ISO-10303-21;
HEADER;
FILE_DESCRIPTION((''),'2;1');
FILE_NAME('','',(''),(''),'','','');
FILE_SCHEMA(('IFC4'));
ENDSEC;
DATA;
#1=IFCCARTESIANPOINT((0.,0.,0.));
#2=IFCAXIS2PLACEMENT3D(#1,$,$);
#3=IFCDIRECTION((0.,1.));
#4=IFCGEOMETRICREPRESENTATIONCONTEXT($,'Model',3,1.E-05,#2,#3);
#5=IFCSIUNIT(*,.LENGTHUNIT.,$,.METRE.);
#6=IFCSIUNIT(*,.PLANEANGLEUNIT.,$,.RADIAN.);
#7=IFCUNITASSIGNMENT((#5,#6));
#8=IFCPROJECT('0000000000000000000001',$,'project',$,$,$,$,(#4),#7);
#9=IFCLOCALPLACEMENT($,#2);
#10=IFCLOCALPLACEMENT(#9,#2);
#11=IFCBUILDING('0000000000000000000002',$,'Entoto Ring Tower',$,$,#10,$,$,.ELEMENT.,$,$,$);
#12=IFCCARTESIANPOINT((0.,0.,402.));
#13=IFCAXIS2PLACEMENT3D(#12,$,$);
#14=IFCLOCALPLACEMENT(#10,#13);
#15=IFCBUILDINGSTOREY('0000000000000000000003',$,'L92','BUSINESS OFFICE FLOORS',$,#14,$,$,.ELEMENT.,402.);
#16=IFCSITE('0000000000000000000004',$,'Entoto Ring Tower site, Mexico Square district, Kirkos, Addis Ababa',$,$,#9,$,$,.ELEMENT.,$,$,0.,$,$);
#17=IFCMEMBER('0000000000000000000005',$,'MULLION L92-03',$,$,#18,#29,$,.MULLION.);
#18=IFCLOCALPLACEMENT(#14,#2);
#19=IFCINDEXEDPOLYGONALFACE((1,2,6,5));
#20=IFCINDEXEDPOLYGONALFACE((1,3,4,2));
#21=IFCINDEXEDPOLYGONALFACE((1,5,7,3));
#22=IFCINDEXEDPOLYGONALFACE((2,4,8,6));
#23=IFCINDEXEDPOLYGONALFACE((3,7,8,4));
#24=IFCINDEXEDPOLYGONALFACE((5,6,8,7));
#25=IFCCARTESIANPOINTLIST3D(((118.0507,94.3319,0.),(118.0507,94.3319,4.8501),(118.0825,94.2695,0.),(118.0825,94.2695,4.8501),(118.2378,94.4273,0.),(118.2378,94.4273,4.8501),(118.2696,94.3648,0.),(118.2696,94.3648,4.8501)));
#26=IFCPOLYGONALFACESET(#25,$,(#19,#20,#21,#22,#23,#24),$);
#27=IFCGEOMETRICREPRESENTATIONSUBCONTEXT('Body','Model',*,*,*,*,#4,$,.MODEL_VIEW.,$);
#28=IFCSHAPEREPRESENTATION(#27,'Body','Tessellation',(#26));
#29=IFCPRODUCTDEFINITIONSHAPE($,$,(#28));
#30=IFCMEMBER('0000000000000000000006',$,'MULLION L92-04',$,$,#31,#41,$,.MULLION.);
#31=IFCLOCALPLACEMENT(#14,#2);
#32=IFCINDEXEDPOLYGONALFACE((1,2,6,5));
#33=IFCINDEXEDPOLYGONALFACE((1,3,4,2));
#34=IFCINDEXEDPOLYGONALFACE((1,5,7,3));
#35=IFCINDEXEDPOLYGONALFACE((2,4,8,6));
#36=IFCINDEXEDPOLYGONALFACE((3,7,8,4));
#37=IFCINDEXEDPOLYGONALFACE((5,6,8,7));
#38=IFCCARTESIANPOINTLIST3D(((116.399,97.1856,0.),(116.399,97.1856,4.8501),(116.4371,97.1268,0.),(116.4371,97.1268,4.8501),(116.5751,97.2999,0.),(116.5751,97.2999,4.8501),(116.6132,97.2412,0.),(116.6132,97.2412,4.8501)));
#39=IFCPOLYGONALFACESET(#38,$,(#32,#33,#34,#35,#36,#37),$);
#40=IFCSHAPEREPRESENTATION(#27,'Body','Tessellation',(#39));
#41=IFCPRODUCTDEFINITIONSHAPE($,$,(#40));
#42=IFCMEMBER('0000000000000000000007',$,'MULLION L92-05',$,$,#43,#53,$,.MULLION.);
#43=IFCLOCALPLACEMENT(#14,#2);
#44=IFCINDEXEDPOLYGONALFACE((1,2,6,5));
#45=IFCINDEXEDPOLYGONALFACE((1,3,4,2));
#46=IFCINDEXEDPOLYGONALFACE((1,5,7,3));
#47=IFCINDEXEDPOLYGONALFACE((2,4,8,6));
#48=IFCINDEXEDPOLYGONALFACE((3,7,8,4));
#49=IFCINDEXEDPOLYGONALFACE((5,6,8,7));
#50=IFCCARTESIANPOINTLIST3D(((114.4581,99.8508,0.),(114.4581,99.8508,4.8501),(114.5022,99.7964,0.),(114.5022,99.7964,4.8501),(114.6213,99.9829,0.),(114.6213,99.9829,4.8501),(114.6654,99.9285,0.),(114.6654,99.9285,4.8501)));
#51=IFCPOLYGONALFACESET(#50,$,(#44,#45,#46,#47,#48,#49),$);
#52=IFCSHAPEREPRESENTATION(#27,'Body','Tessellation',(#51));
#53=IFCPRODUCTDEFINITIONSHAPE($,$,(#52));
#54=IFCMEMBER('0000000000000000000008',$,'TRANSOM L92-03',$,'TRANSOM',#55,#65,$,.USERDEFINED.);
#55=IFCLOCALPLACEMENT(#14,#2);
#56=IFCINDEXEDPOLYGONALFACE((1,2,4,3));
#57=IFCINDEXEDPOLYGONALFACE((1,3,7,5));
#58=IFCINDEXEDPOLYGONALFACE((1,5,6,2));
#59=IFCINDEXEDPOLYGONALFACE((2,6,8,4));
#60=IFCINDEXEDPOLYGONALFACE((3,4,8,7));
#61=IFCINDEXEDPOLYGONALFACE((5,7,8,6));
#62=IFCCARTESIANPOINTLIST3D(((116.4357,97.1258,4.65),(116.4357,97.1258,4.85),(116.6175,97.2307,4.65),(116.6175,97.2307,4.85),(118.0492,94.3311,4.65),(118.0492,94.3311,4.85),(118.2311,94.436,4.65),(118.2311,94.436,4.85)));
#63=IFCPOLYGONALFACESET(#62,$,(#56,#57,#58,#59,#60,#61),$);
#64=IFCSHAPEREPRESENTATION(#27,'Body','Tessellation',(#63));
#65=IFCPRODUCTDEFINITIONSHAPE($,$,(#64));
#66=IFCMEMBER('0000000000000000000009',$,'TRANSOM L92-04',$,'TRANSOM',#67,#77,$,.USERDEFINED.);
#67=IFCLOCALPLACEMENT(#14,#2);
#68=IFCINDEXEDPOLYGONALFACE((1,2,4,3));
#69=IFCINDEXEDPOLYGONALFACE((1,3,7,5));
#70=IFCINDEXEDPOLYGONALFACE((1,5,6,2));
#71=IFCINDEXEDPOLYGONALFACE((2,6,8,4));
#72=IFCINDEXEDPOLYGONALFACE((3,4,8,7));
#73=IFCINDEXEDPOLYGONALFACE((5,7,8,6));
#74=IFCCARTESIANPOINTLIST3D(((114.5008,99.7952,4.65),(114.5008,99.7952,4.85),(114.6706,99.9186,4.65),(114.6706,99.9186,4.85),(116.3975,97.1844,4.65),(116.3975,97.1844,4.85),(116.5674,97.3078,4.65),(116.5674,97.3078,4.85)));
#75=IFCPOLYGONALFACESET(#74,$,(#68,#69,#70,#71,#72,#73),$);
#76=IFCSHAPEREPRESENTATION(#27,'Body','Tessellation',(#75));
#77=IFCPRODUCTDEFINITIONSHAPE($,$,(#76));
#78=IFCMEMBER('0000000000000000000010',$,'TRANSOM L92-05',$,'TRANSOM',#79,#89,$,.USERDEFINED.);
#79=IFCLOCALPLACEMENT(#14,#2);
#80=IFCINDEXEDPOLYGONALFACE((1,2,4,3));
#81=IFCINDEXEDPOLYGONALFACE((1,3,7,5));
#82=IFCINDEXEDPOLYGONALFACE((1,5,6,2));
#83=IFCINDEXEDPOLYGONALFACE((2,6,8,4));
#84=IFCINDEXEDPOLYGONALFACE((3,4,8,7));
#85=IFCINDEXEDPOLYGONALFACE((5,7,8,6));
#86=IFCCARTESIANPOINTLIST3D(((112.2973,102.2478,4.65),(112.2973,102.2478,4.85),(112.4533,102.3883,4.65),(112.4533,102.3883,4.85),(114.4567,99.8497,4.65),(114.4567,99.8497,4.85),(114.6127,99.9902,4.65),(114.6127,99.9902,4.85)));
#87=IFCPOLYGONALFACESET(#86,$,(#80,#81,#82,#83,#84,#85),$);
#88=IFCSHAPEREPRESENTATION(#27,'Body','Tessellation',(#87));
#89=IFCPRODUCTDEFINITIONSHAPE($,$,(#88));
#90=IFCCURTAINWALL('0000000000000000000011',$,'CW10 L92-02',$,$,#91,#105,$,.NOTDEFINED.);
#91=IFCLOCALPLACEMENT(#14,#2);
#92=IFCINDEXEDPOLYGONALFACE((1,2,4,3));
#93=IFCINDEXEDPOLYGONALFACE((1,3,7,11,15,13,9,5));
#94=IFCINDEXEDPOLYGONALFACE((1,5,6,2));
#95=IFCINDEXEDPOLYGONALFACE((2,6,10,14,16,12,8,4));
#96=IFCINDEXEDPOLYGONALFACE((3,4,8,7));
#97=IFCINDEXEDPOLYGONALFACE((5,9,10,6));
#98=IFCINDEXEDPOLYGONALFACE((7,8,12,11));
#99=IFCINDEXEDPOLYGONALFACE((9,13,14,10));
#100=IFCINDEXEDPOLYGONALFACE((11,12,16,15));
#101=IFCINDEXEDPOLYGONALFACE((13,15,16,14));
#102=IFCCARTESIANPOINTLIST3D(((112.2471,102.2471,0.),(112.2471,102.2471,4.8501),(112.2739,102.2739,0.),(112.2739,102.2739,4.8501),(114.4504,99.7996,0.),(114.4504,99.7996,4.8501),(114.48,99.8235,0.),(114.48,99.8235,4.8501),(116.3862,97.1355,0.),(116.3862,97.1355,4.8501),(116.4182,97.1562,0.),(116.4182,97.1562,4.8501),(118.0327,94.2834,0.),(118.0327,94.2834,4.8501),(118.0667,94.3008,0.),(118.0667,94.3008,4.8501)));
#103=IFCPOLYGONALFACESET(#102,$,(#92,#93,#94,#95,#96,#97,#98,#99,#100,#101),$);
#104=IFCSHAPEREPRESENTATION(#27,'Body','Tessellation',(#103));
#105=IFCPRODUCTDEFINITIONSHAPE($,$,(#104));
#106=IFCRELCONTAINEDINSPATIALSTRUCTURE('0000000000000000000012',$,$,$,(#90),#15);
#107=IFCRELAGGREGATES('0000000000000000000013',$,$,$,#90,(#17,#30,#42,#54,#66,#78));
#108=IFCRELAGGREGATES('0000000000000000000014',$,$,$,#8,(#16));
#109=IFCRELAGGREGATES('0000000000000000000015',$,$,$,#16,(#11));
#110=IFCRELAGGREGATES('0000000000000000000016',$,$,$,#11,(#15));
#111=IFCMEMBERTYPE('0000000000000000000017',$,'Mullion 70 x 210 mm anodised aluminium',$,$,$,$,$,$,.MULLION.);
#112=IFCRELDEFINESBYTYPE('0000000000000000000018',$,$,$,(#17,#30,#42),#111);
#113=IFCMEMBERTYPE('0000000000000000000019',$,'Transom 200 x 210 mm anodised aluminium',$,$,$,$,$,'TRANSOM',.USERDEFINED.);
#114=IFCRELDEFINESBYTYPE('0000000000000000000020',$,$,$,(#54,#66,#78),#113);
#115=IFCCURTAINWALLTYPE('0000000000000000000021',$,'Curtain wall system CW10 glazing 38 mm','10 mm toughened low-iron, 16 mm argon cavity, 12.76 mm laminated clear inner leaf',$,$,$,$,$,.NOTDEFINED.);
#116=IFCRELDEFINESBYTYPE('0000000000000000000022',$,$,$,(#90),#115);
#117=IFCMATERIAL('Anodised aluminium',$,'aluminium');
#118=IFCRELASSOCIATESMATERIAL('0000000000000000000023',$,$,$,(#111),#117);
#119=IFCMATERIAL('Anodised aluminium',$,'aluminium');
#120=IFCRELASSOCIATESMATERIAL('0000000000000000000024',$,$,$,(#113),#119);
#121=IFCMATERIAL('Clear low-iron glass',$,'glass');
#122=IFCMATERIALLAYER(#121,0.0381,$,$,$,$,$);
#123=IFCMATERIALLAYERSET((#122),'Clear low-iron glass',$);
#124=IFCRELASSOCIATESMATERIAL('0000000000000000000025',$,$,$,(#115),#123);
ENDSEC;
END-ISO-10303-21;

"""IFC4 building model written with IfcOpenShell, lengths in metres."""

from ifc_helpers import new_model, si_unit, direction, frame, origin, origin_2d, place, context, subcontext, project, spatial, polyline, rectangle, outline, extrude, material, layer, layer_set, material_profile, profile_set, type_object, element, aggregate, save


model = new_model("IFC4")

# Units and contexts
model_context = context("Model", 3, precision=1e-05, world=origin(), true_north=direction((0.0, 1.0)))
body_context = subcontext(model_context, "Body", "Model", "MODEL_VIEW")
ifc_project = project(units=[si_unit("LENGTHUNIT", "METRE"), si_unit("PLANEANGLEUNIT", "RADIAN")], contexts=[model_context])

# Members
ifc_material_1 = material(Name="Anodised aluminium", Category="aluminium")
ifc_material_profile_1 = material_profile(ifc_material_1, rectangle(XDim=0.0701, YDim=0.21, at=origin_2d()), Name="Mullion 70 x 210 mm anodised aluminium")
ifc_profile_set_1 = profile_set([ifc_material_profile_1], Name="Anodised aluminium")
member_type_1 = type_object("IfcMemberType", Name="Mullion 70 x 210 mm anodised aluminium", PredefinedType="MULLION", material=ifc_profile_set_1)
site_placement = place(None, origin())
building_placement = place(site_placement, origin())
storey_placement = place(building_placement, frame((0.0, 0.0, 402.0)))
member_1_placement = place(storey_placement, frame((118.1602, 94.3484, 0.0), z_axis=(0.0, 0.0, 1.0), x_axis=(-0.45399, 0.891007, 0.0)))
member_1 = element("IfcMember", 1, at=member_1_placement, type_object=member_type_1, Name="MULLION L92-03", PredefinedType="MULLION", context=body_context, shape_type="SweptSolid", body=[
    extrude(rectangle(XDim=0.0701, YDim=0.21, at=origin_2d()), origin(), (0.0, 0.0, 1.0), 4.8501),
])
member_2_placement = place(storey_placement, frame((116.5061, 97.2134, 0.0), z_axis=(0.0, 0.0, 1.0), x_axis=(-0.544639, 0.838671, 0.0)))
member_2 = element("IfcMember", 2, at=member_2_placement, type_object=member_type_1, Name="MULLION L92-04", PredefinedType="MULLION", context=body_context, shape_type="SweptSolid", body=[
    extrude(rectangle(XDim=0.0701, YDim=0.21, at=origin_2d()), origin(), (0.0, 0.0, 1.0), 4.8501),
])
member_3_placement = place(storey_placement, frame((114.5618, 99.8896, 0.0), z_axis=(0.0, 0.0, 1.0), x_axis=(-0.62932, 0.777146, 0.0)))
member_3 = element("IfcMember", 3, at=member_3_placement, type_object=member_type_1, Name="MULLION L92-05", PredefinedType="MULLION", context=body_context, shape_type="SweptSolid", body=[
    extrude(rectangle(XDim=0.0701, YDim=0.21, at=origin_2d()), origin(), (0.0, 0.0, 1.0), 4.8501),
])
ifc_material_2 = material(Name="Anodised aluminium", Category="aluminium")
ifc_material_profile_2 = material_profile(ifc_material_2, rectangle(XDim=0.21, YDim=0.2, at=origin_2d()), Name="Transom 200 x 210 mm anodised aluminium")
ifc_profile_set_2 = profile_set([ifc_material_profile_2], Name="Anodised aluminium")
member_type_2 = type_object("IfcMemberType", Name="Transom 200 x 210 mm anodised aluminium", ElementType="TRANSOM", PredefinedType="USERDEFINED", material=ifc_profile_set_2)
member_4_placement = place(storey_placement, frame((118.1401, 94.3835, 4.75), z_axis=(-0.500004, 0.866023, 0.0), x_axis=(-0.866023, -0.500004, 0.0)))
member_4 = element("IfcMember", 4, at=member_4_placement, type_object=member_type_2, Name="TRANSOM L92-03", ObjectType="TRANSOM", PredefinedType="USERDEFINED", context=body_context, shape_type="SweptSolid", body=[
    extrude(rectangle(XDim=0.21, YDim=0.2, at=origin_2d()), origin(), (0.0, 0.0, 1.0), 3.2271),
])
member_5_placement = place(storey_placement, frame((116.4824, 97.2461, 4.75), z_axis=(-0.587753, 0.80904, 0.0), x_axis=(-0.80904, -0.587753, 0.0)))
member_5 = element("IfcMember", 5, at=member_5_placement, type_object=member_type_2, Name="TRANSOM L92-04", ObjectType="TRANSOM", PredefinedType="USERDEFINED", context=body_context, shape_type="SweptSolid", body=[
    extrude(rectangle(XDim=0.21, YDim=0.2, at=origin_2d()), origin(), (0.0, 0.0, 1.0), 3.2271),
])
member_6_placement = place(storey_placement, frame((114.5347, 99.9199, 4.75), z_axis=(-0.669144, 0.743132, 0.0), x_axis=(-0.743132, -0.669144, 0.0)))
member_6 = element("IfcMember", 6, at=member_6_placement, type_object=member_type_2, Name="TRANSOM L92-05", ObjectType="TRANSOM", PredefinedType="USERDEFINED", context=body_context, shape_type="SweptSolid", body=[
    extrude(rectangle(XDim=0.21, YDim=0.2, at=origin_2d()), origin(), (0.0, 0.0, 1.0), 3.2271),
])

# Site, building, storey
site = spatial("IfcSite", under=ifc_project, at=site_placement, Name="Entoto Ring Tower site, Mexico Square district, Kirkos, Addis Ababa", CompositionType="ELEMENT", RefElevation=0.0)
building = spatial("IfcBuilding", under=site, at=building_placement, Name="Entoto Ring Tower", CompositionType="ELEMENT")
storey = spatial("IfcBuildingStorey", under=building, at=storey_placement, Name="L92", Description="BUSINESS OFFICE FLOORS", CompositionType="ELEMENT", Elevation=402.0)

# Curtain wall
ifc_material_3 = material(Name="Clear low-iron glass", Category="glass")
ifc_layer_1 = layer(ifc_material_3, 0.0381)
ifc_layer_set_1 = layer_set([ifc_layer_1], Name="Clear low-iron glass")
curtain_wall_type = type_object("IfcCurtainWallType", Name="Curtain wall system CW10 glazing 38 mm", Description="10 mm toughened low-iron, 16 mm argon cavity, 12.76 mm laminated clear inner leaf", PredefinedType="NOTDEFINED", material=ifc_layer_set_1)
curtain_wall_1_placement = place(storey_placement, origin())
curtain_wall_1 = element("IfcCurtainWall", 7, at=curtain_wall_1_placement, inside=storey, type_object=curtain_wall_type, Name="CW10 L92-02", PredefinedType="NOTDEFINED", context=body_context, shape_type="SweptSolid", body=[
    extrude(outline(polyline([(118.0667, 94.3008), (116.4182, 97.1562), (114.48, 99.8235), (112.2739, 102.2739), (112.2471, 102.2471), (114.4504, 99.7996), (116.3862, 97.1355), (118.0327, 94.2834), (118.0667, 94.3008)])), origin(), (0.0, 0.0, 1.0), 4.8501),
])
aggregate(curtain_wall_1, [member_1, member_2, member_3, member_4, member_5, member_6])

save(model, "model.ifc")
